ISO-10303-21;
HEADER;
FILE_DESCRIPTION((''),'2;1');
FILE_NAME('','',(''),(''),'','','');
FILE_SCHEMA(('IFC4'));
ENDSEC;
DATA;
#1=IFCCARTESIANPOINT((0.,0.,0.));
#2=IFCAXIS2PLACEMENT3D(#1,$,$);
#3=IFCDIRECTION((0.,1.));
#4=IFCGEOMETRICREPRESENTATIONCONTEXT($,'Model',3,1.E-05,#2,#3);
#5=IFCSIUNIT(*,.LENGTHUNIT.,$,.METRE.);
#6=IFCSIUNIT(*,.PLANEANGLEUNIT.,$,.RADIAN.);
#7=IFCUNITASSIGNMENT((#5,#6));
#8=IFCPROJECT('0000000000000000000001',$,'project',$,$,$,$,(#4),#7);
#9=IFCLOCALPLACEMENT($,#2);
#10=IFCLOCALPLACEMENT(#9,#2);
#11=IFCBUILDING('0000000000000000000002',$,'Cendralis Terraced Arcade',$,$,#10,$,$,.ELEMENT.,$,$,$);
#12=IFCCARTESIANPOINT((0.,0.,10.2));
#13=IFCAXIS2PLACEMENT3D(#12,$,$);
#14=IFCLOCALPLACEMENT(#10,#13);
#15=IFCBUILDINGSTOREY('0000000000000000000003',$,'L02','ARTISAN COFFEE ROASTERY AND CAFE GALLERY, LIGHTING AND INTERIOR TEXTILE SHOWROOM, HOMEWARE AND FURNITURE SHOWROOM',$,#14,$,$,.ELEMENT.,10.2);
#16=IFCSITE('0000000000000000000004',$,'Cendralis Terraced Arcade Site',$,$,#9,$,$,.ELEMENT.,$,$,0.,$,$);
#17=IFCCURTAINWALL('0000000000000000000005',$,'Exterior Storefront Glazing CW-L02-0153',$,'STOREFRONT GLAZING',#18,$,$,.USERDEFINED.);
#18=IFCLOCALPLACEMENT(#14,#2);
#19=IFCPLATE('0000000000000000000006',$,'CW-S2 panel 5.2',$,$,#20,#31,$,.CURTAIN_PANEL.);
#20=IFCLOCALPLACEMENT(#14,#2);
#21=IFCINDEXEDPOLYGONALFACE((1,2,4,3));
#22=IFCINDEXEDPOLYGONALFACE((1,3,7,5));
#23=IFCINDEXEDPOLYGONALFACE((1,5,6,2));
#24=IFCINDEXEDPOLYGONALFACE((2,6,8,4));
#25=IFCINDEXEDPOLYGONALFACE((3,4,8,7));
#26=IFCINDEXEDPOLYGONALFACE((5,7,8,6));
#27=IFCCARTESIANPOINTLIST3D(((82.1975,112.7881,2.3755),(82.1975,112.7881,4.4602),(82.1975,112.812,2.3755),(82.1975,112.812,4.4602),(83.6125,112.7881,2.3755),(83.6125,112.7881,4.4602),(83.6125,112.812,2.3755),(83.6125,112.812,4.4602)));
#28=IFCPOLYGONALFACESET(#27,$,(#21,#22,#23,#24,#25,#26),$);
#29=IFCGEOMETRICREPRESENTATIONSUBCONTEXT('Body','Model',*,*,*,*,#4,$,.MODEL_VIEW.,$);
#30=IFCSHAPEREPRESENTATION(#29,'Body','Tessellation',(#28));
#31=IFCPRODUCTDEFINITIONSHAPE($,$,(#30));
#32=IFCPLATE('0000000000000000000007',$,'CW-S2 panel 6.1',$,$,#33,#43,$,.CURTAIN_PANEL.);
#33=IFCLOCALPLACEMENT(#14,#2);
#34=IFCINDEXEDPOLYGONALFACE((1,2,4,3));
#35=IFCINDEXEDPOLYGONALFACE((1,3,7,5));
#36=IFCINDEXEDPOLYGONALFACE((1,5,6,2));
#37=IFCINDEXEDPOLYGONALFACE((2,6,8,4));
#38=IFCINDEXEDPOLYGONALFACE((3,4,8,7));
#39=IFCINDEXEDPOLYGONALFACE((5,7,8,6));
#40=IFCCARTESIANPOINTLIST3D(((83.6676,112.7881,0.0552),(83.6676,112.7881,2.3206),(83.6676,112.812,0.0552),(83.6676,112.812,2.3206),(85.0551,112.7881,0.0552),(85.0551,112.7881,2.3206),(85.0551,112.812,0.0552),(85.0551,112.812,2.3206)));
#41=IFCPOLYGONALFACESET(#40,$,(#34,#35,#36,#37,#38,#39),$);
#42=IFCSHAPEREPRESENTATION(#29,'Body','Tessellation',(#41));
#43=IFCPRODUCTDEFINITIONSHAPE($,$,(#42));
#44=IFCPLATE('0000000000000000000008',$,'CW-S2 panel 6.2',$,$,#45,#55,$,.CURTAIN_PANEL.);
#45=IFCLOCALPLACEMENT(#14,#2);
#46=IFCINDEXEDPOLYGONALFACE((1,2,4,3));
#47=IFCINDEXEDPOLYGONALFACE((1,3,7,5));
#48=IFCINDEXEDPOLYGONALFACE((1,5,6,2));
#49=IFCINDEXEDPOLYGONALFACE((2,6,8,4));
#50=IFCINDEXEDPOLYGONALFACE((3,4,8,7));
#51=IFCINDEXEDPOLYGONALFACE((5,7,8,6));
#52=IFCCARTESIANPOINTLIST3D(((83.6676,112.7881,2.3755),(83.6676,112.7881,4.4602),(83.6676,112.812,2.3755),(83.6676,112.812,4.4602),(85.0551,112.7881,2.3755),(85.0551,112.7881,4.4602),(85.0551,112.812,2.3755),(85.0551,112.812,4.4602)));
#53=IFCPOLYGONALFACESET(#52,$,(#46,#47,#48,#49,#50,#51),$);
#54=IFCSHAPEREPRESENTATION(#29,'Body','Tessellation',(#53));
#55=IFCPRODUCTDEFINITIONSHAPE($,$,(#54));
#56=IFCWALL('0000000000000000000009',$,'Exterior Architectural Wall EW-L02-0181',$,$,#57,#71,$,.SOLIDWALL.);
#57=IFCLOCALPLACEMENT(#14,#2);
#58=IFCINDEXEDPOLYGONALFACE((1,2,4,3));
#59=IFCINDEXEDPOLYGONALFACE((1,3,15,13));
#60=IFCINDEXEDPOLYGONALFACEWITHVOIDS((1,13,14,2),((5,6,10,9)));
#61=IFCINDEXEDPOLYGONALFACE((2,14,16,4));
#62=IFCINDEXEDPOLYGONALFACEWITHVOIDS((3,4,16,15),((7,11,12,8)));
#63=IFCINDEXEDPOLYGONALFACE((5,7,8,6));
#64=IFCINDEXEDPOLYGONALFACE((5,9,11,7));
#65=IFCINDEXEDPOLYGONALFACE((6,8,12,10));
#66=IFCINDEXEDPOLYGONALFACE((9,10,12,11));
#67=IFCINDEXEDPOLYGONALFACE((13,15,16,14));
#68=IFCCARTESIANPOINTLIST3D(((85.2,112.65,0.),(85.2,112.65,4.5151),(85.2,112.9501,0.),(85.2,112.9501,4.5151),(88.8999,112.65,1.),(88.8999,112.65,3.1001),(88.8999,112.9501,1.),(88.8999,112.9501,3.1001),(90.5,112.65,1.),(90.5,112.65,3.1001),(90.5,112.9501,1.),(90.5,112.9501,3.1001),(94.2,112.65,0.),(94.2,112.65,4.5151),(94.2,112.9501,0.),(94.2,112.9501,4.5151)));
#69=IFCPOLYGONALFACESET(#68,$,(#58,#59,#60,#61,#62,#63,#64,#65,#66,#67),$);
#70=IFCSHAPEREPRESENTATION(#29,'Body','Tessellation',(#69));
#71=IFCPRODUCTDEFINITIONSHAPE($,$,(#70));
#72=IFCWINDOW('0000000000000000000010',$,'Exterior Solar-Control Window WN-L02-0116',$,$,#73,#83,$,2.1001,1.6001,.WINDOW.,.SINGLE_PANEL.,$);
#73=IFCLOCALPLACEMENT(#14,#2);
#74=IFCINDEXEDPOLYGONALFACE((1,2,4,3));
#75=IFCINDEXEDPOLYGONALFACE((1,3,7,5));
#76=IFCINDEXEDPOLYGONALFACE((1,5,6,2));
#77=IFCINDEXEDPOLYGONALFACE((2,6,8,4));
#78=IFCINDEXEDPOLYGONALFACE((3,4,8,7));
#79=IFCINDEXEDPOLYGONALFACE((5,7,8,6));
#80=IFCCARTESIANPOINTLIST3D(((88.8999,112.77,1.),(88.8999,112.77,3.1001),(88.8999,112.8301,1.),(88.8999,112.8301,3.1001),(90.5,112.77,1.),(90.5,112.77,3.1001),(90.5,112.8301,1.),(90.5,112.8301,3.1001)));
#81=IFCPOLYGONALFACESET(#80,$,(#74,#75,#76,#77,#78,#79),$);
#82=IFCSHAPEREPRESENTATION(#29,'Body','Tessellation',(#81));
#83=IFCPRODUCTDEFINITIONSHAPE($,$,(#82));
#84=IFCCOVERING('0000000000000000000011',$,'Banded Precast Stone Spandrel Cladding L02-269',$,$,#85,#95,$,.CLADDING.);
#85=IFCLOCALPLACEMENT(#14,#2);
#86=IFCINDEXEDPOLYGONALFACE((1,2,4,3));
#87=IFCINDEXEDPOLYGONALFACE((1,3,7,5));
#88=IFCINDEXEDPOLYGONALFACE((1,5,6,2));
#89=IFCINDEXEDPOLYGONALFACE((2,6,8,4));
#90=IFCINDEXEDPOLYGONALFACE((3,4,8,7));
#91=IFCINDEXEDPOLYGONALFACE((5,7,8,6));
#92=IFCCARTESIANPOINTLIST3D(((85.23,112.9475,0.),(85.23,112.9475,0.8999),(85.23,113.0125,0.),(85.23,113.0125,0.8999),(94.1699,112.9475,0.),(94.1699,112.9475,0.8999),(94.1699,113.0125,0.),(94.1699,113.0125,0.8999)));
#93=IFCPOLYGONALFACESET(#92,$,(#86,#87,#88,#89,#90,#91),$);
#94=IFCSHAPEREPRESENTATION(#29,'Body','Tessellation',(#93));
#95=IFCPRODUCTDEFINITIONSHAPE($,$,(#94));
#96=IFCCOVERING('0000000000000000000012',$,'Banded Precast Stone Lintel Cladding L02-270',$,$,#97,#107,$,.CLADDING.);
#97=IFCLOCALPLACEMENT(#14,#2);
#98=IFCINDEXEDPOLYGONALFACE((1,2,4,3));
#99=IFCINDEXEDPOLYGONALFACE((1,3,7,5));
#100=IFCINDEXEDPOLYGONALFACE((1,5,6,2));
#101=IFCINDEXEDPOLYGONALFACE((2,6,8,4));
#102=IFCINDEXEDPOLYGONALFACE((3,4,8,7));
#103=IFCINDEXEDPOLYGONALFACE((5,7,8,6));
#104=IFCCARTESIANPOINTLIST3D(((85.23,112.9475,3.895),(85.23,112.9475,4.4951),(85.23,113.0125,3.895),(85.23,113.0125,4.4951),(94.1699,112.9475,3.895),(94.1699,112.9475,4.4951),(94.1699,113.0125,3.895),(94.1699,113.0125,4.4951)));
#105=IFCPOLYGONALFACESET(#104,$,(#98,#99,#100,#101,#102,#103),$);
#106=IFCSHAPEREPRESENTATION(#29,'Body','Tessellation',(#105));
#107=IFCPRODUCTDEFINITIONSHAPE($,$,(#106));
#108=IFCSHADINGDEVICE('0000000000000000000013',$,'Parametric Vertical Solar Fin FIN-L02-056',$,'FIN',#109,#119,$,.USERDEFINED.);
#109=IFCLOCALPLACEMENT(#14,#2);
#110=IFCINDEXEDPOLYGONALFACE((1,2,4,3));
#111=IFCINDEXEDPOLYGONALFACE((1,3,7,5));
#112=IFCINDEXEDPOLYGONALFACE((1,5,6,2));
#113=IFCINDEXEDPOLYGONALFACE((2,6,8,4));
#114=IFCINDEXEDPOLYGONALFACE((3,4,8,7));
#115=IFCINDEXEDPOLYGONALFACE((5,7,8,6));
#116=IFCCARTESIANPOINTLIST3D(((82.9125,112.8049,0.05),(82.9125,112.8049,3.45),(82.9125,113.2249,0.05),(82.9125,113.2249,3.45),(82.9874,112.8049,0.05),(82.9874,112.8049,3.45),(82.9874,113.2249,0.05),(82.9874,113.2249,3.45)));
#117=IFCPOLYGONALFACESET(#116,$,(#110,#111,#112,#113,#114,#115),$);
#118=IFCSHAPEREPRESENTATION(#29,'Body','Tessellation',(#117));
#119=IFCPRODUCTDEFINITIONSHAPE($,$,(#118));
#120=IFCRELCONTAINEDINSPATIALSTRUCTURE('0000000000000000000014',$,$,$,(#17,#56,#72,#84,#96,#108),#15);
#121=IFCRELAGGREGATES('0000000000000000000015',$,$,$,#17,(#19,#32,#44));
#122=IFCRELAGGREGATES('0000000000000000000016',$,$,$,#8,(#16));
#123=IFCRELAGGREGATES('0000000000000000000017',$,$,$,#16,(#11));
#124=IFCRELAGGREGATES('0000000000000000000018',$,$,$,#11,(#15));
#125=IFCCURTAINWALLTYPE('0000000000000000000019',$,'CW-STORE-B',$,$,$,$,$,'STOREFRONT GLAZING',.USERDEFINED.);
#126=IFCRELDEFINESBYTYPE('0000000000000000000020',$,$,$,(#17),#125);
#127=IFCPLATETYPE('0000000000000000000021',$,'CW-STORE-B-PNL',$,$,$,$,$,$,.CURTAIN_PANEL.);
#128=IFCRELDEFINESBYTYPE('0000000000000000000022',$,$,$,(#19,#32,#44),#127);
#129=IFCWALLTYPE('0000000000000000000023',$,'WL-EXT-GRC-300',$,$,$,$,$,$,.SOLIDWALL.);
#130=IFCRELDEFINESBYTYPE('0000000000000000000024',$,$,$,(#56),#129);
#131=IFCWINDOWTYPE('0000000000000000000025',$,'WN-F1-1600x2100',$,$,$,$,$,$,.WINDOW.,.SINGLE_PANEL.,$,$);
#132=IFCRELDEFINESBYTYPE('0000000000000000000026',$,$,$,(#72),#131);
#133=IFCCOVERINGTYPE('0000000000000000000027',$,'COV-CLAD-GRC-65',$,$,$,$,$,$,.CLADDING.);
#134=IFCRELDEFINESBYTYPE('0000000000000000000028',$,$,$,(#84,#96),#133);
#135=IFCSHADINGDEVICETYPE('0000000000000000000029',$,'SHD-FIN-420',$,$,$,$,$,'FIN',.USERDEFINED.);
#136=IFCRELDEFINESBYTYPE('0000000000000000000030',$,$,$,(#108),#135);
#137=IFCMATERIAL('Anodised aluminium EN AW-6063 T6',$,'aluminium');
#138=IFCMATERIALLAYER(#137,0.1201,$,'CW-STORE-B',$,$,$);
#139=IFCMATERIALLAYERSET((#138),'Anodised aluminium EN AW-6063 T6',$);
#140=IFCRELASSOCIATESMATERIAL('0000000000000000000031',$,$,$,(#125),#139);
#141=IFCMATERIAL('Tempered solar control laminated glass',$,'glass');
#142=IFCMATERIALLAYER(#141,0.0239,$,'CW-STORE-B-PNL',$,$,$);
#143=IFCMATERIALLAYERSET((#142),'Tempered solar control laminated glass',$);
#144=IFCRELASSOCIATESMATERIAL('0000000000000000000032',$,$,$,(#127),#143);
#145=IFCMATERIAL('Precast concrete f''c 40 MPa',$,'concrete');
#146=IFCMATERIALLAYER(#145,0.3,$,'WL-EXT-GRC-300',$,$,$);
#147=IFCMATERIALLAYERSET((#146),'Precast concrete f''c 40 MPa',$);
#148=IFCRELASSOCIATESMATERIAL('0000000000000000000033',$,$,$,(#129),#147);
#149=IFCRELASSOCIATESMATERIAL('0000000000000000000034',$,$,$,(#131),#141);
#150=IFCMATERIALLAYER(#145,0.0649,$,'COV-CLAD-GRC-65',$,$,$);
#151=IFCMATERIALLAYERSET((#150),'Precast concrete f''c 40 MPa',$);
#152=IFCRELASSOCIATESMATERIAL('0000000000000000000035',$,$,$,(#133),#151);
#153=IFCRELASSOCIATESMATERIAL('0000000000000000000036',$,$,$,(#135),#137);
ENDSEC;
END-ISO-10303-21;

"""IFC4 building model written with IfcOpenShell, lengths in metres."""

from ifc_helpers import new_model, si_unit, direction, frame, frame_2d, origin, origin_2d, place, context, subcontext, project, spatial, rectangle, extrude, material, layer, layer_set, type_object, element, fill, aggregate, save


model = new_model("IFC4")

# Units and contexts
model_context = context("Model", 3, precision=1e-05, world=origin(), true_north=direction((0.0, 1.0)))
body_context = subcontext(model_context, "Body", "Model", "MODEL_VIEW")
ifc_project = project(units=[si_unit("LENGTHUNIT", "METRE"), si_unit("PLANEANGLEUNIT", "RADIAN")], contexts=[model_context])

# Site, building, storey
site_placement = place(None, origin())
site = spatial("IfcSite", under=ifc_project, at=site_placement, Name="Cendralis Terraced Arcade Site", CompositionType="ELEMENT", RefElevation=0.0)
building_placement = place(site_placement, origin())
building = spatial("IfcBuilding", under=site, at=building_placement, Name="Cendralis Terraced Arcade", CompositionType="ELEMENT")
storey_placement = place(building_placement, frame((0.0, 0.0, 10.2)))
storey = spatial("IfcBuildingStorey", under=building, at=storey_placement, Name="L02", Description="ARTISAN COFFEE ROASTERY AND CAFE GALLERY, LIGHTING AND INTERIOR TEXTILE SHOWROOM, HOMEWARE AND FURNITURE SHOWROOM", CompositionType="ELEMENT", Elevation=10.2)

# Curtain wall
ifc_material_1 = material(Name="Anodised aluminium EN AW-6063 T6", Category="aluminium")
ifc_layer_1 = layer(ifc_material_1, 0.1201, Name="CW-STORE-B")
ifc_layer_set_1 = layer_set([ifc_layer_1], Name="Anodised aluminium EN AW-6063 T6")
curtain_wall_type = type_object("IfcCurtainWallType", Name="CW-STORE-B", ElementType="STOREFRONT GLAZING", PredefinedType="USERDEFINED", material=ifc_layer_set_1)
curtain_wall_1_placement = place(storey_placement, origin())
curtain_wall_1 = element("IfcCurtainWall", 1, at=curtain_wall_1_placement, inside=storey, type_object=curtain_wall_type, Name="Exterior Storefront Glazing CW-L02-0153", ObjectType="STOREFRONT GLAZING", PredefinedType="USERDEFINED")

# Plates
ifc_material_2 = material(Name="Tempered solar control laminated glass", Category="glass")
ifc_layer_2 = layer(ifc_material_2, 0.0239, Name="CW-STORE-B-PNL")
ifc_layer_set_2 = layer_set([ifc_layer_2], Name="Tempered solar control laminated glass")
plate_type = type_object("IfcPlateType", Name="CW-STORE-B-PNL", PredefinedType="CURTAIN_PANEL", material=ifc_layer_set_2)
plate_1_placement = place(storey_placement, frame((82.905, 112.8, 2.3755), z_axis=(0.0, 0.0, 1.0), x_axis=(1.0, 0.0, 0.0)))
plate_1 = element("IfcPlate", 2, at=plate_1_placement, type_object=plate_type, Name="CW-S2 panel 5.2", PredefinedType="CURTAIN_PANEL", context=body_context, shape_type="SweptSolid", body=[
    extrude(rectangle(XDim=1.415, YDim=0.0239, at=origin_2d()), origin(), (0.0, 0.0, 1.0), 2.0847),
])
plate_2_placement = place(storey_placement, frame((84.3613, 112.8, 0.0552), z_axis=(0.0, 0.0, 1.0), x_axis=(1.0, 0.0, 0.0)))
plate_2 = element("IfcPlate", 3, at=plate_2_placement, type_object=plate_type, Name="CW-S2 panel 6.1", PredefinedType="CURTAIN_PANEL", context=body_context, shape_type="SweptSolid", body=[
    extrude(rectangle(XDim=1.3875, YDim=0.0239, at=origin_2d()), origin(), (0.0, 0.0, 1.0), 2.2654),
])
plate_3_placement = place(storey_placement, frame((84.3613, 112.8, 2.3755), z_axis=(0.0, 0.0, 1.0), x_axis=(1.0, 0.0, 0.0)))
plate_3 = element("IfcPlate", 4, at=plate_3_placement, type_object=plate_type, Name="CW-S2 panel 6.2", PredefinedType="CURTAIN_PANEL", context=body_context, shape_type="SweptSolid", body=[
    extrude(rectangle(XDim=1.3875, YDim=0.0239, at=origin_2d()), origin(), (0.0, 0.0, 1.0), 2.0847),
])
aggregate(curtain_wall_1, [plate_1, plate_2, plate_3])

# Wall, opening, window
ifc_material_3 = material(Name="Precast concrete f'c 40 MPa", Category="concrete")
ifc_layer_3 = layer(ifc_material_3, 0.3, Name="WL-EXT-GRC-300")
ifc_layer_set_3 = layer_set([ifc_layer_3], Name="Precast concrete f'c 40 MPa")
wall_type = type_object("IfcWallType", Name="WL-EXT-GRC-300", PredefinedType="SOLIDWALL", material=ifc_layer_set_3)
wall_placement = place(storey_placement, frame((85.2, 112.8, 0.0), z_axis=(0.0, 0.0, 1.0), x_axis=(1.0, 0.0, 0.0)))
wall = element("IfcWall", 5, at=wall_placement, inside=storey, type_object=wall_type, Name="Exterior Architectural Wall EW-L02-0181", PredefinedType="SOLIDWALL", context=body_context, shape_type="SweptSolid", body=[
    extrude(rectangle(XDim=9.0, YDim=0.3, at=frame_2d((4.5, 0.0))), origin(), (0.0, 0.0, 1.0), 4.5151),
])
opening_placement = place(wall_placement, frame((3.7, 0.0, 1.0)))
opening = element("IfcOpeningElement", 6, at=opening_placement, cuts=wall, PredefinedType="OPENING", context=body_context, shape_type="SweptSolid", body=[
    extrude(rectangle(XDim=1.6001, YDim=2.1001, at=frame_2d((0.8, 1.05))), frame((0.0, 0.1621, 0.0), z_axis=(0.0, -1.0, 0.0), x_axis=(1.0, 0.0, 0.0)), (0.0, 0.0, 1.0), 0.324),
])
window_type = type_object("IfcWindowType", Name="WN-F1-1600x2100", PartitioningType="SINGLE_PANEL", PredefinedType="WINDOW", material=ifc_material_2)
window_placement = place(opening_placement, origin())
window = element("IfcWindow", 7, at=window_placement, inside=storey, type_object=window_type, Name="Exterior Solar-Control Window WN-L02-0116", OverallHeight=2.1001, OverallWidth=1.6001, PartitioningType="SINGLE_PANEL", PredefinedType="WINDOW", context=body_context, shape_type="SweptSolid", body=[
    extrude(rectangle(XDim=1.6001, YDim=2.1001, at=frame_2d((0.8, 1.05))), frame((0.0, 0.03, 0.0), z_axis=(0.0, -1.0, 0.0), x_axis=(1.0, 0.0, 0.0)), (0.0, 0.0, 1.0), 0.0601),
])
fill(opening, window)

# Coverings
ifc_layer_4 = layer(ifc_material_3, 0.0649, Name="COV-CLAD-GRC-65")
ifc_layer_set_4 = layer_set([ifc_layer_4], Name="Precast concrete f'c 40 MPa")
covering_type = type_object("IfcCoveringType", Name="COV-CLAD-GRC-65", PredefinedType="CLADDING", material=ifc_layer_set_4)
covering_1_placement = place(storey_placement, frame((89.7, 112.98, 0.0), z_axis=(0.0, 0.0, 1.0), x_axis=(1.0, 0.0, 0.0)))
element("IfcCovering", 8, at=covering_1_placement, inside=storey, type_object=covering_type, Name="Banded Precast Stone Spandrel Cladding L02-269", PredefinedType="CLADDING", context=body_context, shape_type="SweptSolid", body=[
    extrude(rectangle(XDim=8.9399, YDim=0.0649, at=origin_2d()), origin(), (0.0, 0.0, 1.0), 0.8999),
])
covering_2_placement = place(storey_placement, frame((89.7, 112.98, 3.895), z_axis=(0.0, 0.0, 1.0), x_axis=(1.0, 0.0, 0.0)))
element("IfcCovering", 9, at=covering_2_placement, inside=storey, type_object=covering_type, Name="Banded Precast Stone Lintel Cladding L02-270", PredefinedType="CLADDING", context=body_context, shape_type="SweptSolid", body=[
    extrude(rectangle(XDim=8.9399, YDim=0.0649, at=origin_2d()), origin(), (0.0, 0.0, 1.0), 0.6001),
])

# Shading device
shading_device_type = type_object("IfcShadingDeviceType", Name="SHD-FIN-420", ElementType="FIN", PredefinedType="USERDEFINED", material=ifc_material_1)
shading_device_placement = place(storey_placement, frame((82.95, 113.0149, 0.05), z_axis=(0.0, 0.0, 1.0), x_axis=(1.0, 0.0, 0.0)))
element("IfcShadingDevice", 10, at=shading_device_placement, inside=storey, type_object=shading_device_type, Name="Parametric Vertical Solar Fin FIN-L02-056", ObjectType="FIN", PredefinedType="USERDEFINED", context=body_context, shape_type="SweptSolid", body=[
    extrude(rectangle(XDim=0.075, YDim=0.4199, at=origin_2d()), origin(), (0.0, 0.0, 1.0), 3.3999),
])

save(model, "model.ifc")
